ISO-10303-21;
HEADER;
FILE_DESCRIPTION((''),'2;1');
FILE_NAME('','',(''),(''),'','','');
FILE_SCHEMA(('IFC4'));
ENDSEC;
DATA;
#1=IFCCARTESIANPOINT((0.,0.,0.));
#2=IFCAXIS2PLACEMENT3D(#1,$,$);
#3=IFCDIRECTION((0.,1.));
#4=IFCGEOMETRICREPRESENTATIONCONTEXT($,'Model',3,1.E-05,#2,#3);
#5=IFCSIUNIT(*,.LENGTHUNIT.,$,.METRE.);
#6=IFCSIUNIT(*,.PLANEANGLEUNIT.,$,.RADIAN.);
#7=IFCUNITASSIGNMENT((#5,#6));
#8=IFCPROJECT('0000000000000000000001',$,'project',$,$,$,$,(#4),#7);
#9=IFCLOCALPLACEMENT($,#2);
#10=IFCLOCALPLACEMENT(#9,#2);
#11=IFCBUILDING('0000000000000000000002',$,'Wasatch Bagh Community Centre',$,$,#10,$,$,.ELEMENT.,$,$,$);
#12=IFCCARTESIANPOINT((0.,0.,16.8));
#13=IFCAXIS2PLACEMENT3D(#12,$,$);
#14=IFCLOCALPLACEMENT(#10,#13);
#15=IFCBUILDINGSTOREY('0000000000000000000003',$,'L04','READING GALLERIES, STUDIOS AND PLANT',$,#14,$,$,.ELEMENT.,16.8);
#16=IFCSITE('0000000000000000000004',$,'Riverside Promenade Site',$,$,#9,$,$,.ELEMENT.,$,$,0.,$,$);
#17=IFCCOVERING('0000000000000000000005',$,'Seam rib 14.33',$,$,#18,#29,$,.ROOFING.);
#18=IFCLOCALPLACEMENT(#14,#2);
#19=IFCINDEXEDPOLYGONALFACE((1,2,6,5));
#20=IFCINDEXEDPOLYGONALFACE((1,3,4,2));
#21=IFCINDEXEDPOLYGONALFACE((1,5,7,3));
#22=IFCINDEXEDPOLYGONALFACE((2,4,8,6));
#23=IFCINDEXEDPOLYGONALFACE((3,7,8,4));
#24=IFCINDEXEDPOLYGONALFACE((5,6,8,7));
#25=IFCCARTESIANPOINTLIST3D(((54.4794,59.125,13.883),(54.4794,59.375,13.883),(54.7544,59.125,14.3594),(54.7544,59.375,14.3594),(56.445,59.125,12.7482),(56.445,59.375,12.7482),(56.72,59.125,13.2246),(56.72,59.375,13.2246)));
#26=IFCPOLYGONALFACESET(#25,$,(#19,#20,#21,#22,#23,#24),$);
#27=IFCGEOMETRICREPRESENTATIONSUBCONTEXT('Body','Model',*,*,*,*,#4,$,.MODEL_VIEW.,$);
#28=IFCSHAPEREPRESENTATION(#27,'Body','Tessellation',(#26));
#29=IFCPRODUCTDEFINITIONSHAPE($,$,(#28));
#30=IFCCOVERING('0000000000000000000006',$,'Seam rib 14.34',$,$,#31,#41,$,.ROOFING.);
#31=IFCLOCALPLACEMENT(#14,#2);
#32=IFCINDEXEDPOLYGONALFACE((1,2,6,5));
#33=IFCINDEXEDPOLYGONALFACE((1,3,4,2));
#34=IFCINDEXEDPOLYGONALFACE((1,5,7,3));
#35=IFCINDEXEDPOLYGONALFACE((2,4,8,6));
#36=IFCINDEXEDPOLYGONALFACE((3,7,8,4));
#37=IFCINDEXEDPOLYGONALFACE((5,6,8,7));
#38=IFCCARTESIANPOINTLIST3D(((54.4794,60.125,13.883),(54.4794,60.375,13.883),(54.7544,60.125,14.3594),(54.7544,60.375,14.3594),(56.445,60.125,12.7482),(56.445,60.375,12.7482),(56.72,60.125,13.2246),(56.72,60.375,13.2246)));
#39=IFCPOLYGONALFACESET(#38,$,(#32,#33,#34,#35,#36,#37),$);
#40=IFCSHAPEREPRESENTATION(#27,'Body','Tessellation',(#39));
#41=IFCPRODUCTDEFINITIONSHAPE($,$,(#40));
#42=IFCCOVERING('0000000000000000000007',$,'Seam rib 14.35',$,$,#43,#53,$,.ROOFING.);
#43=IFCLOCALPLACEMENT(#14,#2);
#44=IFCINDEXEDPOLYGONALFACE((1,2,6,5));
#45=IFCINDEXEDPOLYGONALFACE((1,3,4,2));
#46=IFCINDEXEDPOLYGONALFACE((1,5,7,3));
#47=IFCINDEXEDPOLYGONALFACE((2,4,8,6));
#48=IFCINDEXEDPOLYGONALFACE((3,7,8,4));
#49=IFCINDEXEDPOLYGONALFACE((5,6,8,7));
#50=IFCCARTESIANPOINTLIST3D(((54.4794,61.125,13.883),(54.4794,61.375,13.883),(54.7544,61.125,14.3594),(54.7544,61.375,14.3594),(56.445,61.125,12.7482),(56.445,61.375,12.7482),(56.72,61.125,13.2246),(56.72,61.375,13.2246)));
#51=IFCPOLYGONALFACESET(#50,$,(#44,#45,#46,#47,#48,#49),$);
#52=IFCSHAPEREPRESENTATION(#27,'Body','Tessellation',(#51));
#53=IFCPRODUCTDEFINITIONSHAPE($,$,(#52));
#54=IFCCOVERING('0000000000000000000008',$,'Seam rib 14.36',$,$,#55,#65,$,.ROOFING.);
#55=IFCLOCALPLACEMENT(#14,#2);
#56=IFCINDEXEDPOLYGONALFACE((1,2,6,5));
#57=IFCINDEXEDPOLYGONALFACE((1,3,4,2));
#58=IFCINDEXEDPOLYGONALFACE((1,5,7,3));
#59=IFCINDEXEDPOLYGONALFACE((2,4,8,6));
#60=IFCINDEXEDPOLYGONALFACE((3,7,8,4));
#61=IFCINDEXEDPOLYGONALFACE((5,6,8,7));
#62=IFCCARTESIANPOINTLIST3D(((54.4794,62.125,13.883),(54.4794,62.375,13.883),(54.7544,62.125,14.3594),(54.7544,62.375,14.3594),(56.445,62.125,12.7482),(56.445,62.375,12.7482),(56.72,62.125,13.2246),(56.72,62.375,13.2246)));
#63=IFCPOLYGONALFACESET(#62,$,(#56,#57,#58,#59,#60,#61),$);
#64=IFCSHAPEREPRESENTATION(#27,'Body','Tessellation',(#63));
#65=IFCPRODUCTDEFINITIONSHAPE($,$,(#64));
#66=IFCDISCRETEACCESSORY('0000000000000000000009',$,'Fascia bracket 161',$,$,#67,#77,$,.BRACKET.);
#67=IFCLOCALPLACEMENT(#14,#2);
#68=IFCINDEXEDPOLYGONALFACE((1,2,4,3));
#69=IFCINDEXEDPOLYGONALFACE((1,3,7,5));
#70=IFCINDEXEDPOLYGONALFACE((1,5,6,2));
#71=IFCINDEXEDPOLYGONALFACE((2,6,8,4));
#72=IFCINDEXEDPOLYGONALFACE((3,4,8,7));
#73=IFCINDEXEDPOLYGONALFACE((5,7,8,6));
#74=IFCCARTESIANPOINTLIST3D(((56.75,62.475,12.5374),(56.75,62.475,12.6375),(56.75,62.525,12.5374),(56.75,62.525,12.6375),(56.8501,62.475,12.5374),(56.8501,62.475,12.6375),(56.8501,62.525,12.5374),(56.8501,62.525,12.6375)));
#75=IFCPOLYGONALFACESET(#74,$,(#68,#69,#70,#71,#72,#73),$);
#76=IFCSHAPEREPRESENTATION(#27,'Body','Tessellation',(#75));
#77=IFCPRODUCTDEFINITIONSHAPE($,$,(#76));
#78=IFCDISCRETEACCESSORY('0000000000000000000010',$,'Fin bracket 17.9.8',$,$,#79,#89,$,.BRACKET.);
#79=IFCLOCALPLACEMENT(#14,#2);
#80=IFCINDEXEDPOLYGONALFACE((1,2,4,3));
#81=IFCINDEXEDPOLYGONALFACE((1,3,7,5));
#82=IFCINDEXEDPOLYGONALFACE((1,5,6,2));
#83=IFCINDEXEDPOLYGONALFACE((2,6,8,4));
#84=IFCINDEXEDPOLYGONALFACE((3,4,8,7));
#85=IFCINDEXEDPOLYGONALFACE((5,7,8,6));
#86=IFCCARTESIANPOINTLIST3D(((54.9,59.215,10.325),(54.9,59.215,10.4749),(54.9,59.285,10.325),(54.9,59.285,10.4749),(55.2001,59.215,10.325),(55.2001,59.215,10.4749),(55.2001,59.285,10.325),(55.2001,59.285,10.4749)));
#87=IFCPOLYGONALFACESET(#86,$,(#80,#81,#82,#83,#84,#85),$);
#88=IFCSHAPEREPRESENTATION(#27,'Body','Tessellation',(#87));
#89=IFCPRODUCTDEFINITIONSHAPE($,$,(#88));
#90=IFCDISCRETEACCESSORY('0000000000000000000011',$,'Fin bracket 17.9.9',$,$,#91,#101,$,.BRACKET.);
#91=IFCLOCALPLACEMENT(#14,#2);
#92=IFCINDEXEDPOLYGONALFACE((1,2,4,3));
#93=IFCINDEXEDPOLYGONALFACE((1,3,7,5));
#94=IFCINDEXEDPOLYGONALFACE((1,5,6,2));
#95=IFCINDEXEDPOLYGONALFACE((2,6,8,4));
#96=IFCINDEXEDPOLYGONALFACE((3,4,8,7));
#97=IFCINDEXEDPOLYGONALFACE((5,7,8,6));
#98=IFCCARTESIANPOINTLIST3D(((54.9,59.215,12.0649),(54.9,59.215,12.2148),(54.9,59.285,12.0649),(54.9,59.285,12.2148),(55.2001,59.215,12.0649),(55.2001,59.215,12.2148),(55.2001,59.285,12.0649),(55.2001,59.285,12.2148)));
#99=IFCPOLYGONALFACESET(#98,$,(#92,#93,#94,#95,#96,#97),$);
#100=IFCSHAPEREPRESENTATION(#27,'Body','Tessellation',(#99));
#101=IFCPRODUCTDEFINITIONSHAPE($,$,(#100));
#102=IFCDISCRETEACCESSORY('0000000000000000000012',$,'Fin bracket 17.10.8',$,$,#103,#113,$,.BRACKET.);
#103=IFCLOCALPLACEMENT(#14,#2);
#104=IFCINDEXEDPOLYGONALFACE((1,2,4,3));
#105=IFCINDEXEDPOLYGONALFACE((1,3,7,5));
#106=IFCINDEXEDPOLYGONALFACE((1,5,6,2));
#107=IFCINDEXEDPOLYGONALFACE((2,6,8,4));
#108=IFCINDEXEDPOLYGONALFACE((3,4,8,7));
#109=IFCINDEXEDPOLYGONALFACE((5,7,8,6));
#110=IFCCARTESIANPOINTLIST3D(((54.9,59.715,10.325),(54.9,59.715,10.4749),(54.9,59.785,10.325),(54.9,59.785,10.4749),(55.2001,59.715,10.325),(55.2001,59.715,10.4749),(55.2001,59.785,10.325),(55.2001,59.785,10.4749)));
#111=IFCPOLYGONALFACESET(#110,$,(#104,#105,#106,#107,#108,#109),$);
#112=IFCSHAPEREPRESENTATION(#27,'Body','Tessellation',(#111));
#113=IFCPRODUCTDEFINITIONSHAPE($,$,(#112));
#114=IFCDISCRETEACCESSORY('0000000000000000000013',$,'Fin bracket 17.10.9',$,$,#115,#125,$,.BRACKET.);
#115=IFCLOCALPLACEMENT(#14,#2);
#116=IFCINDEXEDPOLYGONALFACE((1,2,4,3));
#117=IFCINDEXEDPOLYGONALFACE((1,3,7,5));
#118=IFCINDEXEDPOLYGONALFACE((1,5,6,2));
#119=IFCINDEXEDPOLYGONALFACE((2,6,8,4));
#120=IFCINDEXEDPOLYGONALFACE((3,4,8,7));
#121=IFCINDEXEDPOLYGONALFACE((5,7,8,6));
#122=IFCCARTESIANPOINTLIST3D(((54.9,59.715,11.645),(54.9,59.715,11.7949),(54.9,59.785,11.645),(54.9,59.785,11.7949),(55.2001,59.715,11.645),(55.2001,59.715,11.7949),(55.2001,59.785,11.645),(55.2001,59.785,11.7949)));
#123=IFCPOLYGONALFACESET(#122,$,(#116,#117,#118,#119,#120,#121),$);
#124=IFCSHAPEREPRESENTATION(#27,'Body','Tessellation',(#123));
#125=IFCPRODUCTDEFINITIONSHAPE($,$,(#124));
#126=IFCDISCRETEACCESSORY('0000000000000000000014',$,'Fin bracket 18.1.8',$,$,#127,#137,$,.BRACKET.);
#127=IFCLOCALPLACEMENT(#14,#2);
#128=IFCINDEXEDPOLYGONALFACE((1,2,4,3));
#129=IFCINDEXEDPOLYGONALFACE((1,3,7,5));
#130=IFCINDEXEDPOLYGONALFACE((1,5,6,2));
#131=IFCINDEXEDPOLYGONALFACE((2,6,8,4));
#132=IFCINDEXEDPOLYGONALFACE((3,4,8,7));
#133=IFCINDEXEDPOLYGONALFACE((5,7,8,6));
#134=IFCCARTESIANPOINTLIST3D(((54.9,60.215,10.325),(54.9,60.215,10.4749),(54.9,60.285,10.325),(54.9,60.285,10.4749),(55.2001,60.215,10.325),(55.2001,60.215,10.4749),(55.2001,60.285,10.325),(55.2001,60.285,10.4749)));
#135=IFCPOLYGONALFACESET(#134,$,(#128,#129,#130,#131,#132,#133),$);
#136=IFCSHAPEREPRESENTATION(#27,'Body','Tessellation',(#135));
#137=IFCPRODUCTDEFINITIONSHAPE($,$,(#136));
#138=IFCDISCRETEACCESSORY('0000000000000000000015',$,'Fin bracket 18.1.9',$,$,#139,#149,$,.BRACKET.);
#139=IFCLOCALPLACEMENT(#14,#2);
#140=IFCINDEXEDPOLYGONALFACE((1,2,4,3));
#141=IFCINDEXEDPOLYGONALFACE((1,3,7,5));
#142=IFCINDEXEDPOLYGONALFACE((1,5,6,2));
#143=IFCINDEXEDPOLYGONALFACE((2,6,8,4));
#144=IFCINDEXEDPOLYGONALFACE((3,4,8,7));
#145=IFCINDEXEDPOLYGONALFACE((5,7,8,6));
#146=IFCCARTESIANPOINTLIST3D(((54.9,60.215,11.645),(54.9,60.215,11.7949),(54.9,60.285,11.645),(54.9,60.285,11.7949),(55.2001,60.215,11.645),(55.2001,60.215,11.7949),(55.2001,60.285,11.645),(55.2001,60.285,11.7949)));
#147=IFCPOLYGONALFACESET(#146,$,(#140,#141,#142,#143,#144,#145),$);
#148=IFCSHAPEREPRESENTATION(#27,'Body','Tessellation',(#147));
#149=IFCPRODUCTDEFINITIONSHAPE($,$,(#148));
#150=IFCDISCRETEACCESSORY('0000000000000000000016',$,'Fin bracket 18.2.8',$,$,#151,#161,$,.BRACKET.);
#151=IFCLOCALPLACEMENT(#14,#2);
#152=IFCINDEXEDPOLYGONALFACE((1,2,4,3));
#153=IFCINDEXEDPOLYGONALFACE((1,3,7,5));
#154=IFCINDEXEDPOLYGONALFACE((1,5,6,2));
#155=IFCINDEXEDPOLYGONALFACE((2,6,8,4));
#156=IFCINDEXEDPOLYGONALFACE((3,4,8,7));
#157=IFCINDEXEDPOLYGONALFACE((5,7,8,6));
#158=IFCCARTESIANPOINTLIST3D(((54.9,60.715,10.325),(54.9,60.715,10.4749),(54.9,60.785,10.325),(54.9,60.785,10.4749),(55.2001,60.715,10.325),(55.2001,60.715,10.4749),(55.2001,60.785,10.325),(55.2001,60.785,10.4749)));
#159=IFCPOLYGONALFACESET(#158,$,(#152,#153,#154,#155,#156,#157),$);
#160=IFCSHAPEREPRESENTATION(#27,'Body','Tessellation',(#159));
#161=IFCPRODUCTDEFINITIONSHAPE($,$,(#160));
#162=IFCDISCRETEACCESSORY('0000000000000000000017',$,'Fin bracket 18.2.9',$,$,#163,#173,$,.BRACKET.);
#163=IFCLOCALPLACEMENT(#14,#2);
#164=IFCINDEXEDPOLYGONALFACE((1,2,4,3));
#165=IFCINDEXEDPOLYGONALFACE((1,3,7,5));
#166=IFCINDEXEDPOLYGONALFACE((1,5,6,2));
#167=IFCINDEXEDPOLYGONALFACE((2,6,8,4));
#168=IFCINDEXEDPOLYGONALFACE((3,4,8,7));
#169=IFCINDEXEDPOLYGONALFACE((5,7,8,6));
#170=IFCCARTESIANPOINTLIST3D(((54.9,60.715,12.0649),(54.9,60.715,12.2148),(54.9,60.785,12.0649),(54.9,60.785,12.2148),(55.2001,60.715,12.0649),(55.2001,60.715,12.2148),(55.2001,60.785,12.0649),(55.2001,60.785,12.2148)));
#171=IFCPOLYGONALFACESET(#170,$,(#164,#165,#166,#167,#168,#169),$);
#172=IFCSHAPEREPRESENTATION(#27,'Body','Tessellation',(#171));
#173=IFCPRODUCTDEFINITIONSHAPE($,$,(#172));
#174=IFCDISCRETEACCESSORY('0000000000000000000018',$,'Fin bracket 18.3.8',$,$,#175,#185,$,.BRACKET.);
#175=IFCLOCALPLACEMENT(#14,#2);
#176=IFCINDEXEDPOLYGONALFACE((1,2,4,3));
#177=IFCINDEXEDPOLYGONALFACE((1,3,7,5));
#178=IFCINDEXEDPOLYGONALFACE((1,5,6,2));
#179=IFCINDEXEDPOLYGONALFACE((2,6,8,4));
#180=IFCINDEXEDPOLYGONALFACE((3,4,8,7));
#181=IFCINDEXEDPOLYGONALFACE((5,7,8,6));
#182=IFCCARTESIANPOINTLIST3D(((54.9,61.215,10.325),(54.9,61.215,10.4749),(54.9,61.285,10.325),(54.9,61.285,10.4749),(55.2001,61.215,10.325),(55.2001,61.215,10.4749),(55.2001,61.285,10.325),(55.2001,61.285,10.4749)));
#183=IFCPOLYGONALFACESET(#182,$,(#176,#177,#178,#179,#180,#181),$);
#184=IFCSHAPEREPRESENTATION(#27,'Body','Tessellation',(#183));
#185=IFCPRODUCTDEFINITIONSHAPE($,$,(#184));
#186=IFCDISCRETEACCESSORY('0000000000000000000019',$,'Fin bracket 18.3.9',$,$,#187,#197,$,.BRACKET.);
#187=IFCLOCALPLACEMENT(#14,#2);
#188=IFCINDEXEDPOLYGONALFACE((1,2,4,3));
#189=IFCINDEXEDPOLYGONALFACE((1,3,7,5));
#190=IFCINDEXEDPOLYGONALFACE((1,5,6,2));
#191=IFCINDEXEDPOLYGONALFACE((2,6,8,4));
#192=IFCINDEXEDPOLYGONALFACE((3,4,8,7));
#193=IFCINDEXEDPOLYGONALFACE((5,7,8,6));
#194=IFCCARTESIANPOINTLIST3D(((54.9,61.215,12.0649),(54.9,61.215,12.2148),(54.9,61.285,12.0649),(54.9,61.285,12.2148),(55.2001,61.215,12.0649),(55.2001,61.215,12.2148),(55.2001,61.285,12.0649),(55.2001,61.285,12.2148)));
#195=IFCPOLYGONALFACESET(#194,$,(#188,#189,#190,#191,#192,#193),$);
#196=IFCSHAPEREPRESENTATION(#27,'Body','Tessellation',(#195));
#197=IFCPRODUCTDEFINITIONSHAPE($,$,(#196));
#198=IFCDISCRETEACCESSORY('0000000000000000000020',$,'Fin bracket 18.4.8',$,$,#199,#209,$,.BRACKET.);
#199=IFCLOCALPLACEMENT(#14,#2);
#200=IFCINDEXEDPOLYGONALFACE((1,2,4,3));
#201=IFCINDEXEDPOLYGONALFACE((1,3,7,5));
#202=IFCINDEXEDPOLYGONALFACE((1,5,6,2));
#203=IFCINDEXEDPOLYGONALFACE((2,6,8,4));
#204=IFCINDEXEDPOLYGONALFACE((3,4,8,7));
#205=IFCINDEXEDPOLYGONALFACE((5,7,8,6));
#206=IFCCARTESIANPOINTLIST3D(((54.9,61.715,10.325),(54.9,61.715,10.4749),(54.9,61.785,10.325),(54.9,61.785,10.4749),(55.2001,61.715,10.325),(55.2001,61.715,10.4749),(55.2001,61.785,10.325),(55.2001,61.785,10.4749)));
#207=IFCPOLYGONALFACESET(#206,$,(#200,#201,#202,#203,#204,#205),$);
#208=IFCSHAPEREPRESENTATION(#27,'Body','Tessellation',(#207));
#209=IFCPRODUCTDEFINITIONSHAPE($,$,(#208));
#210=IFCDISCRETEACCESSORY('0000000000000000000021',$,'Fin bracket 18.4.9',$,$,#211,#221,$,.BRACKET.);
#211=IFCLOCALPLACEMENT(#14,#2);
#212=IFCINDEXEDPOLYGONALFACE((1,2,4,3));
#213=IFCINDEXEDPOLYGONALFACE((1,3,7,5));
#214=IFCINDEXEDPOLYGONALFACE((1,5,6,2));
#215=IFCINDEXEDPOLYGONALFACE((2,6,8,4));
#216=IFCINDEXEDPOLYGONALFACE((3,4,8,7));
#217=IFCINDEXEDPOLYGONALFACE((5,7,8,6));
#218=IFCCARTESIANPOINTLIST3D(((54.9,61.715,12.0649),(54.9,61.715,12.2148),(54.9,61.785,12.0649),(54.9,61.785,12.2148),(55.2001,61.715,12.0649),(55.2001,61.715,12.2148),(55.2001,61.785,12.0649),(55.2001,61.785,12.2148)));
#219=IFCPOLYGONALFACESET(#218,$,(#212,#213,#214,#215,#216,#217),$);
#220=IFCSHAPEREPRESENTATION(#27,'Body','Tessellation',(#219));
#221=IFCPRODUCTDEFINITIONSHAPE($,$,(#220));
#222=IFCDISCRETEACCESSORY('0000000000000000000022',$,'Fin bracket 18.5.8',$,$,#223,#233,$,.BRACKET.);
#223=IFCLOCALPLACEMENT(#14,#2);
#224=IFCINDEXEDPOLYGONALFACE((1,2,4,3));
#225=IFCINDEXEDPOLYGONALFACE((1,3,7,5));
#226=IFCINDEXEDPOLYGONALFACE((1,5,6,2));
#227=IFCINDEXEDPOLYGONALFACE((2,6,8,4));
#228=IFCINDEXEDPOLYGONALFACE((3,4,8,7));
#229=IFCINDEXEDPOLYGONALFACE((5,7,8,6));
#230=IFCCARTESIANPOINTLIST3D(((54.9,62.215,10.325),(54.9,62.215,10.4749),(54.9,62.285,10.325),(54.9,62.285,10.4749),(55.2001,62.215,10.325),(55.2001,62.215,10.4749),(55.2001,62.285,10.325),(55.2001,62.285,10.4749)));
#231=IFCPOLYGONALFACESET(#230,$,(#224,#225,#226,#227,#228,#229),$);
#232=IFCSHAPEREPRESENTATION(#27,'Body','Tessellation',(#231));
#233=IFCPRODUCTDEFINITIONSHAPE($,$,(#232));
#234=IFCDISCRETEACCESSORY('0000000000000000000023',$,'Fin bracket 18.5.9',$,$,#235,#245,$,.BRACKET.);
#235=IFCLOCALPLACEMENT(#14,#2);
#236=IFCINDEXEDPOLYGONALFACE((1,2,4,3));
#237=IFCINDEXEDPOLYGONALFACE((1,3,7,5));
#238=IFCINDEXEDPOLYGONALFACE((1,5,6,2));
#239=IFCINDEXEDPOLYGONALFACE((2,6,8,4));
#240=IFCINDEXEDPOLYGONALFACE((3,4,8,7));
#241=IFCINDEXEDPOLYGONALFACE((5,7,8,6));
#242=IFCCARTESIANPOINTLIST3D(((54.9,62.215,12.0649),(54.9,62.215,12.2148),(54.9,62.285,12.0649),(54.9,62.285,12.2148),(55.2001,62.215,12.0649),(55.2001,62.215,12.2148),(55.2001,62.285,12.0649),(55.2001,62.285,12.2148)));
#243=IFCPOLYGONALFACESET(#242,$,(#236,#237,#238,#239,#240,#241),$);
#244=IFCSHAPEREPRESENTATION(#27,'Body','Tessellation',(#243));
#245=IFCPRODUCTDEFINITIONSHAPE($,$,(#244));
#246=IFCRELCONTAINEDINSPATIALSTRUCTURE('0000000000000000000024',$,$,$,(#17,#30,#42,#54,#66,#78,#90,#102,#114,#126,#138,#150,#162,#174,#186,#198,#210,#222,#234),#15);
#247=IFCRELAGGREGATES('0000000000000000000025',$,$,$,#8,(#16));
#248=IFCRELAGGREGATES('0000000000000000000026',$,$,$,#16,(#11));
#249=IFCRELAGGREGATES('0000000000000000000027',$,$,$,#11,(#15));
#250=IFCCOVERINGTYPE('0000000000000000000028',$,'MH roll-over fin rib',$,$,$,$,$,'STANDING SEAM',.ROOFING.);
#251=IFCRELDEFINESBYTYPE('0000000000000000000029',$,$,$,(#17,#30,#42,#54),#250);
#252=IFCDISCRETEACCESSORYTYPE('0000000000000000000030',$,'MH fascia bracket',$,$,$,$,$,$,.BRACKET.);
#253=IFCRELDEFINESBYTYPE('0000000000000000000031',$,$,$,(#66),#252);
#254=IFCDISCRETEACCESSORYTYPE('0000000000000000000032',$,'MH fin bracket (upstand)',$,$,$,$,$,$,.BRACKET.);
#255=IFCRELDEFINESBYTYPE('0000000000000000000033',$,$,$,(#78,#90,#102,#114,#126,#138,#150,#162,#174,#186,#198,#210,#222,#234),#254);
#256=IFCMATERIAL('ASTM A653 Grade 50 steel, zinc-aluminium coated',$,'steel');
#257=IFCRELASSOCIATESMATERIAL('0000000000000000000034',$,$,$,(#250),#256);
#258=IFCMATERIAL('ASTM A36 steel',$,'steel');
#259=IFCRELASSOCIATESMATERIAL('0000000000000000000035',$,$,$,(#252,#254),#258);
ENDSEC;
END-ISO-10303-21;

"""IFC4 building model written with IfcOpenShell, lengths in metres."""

from ifc_helpers import new_model, si_unit, direction, frame, origin, origin_2d, place, context, subcontext, project, spatial, polyline, rectangle, outline, extrude, material, type_object, element, save


model = new_model("IFC4")

# Units and contexts
model_context = context("Model", 3, precision=1e-05, world=origin(), true_north=direction((0.0, 1.0)))
body_context = subcontext(model_context, "Body", "Model", "MODEL_VIEW")
ifc_project = project(units=[si_unit("LENGTHUNIT", "METRE"), si_unit("PLANEANGLEUNIT", "RADIAN")], contexts=[model_context])

# Site, building, storey
site_placement = place(None, origin())
site = spatial("IfcSite", under=ifc_project, at=site_placement, Name="Riverside Promenade Site", CompositionType="ELEMENT", RefElevation=0.0)
building_placement = place(site_placement, origin())
building = spatial("IfcBuilding", under=site, at=building_placement, Name="Wasatch Bagh Community Centre", CompositionType="ELEMENT")
storey_placement = place(building_placement, frame((0.0, 0.0, 16.8)))
storey = spatial("IfcBuildingStorey", under=building, at=storey_placement, Name="L04", Description="READING GALLERIES, STUDIOS AND PLANT", CompositionType="ELEMENT", Elevation=16.8)

# Coverings
ifc_material_1 = material(Name="ASTM A653 Grade 50 steel, zinc-aluminium coated", Category="steel")
covering_type_1 = type_object("IfcCoveringType", Name="MH roll-over fin rib", ElementType="STANDING SEAM", PredefinedType="ROOFING", material=ifc_material_1)
for number, where, z_axis, x_axis, name in (
    (1, (54.7544, 59.125, 14.3594), (0.49998, 0.0, 0.866037), (0.866037, 0.0, -0.49998), "Seam rib 14.33"),
    (2, (54.7544, 60.125, 14.3594), (0.49998, 0.0, 0.866037), (0.866037, 0.0, -0.49998), "Seam rib 14.34"),
    (3, (54.7544, 61.125, 14.3594), (0.49998, 0.0, 0.866037), (0.866037, 0.0, -0.49998), "Seam rib 14.35"),
    (4, (54.7544, 62.125, 14.3594), (0.49998, 0.0, 0.866037), (0.866037, 0.0, -0.49998), "Seam rib 14.36"),
):
    element("IfcCovering", number, at=place(storey_placement, frame(where, z_axis=z_axis, x_axis=x_axis)), inside=storey, type_object=covering_type_1, Name=name, PredefinedType="ROOFING", context=body_context, shape_type="SweptSolid", body=[
        extrude(outline(polyline([(0.0, 0.0), (2.2696, 0.0), (2.2696, 0.25), (0.0, 0.25), (0.0, 0.0)])), origin(), (0.0, 0.0, -1.0), 0.55),
    ])

# Discrete accessories
ifc_material_2 = material(Name="ASTM A36 steel", Category="steel")
discrete_accessory_type_1 = type_object("IfcDiscreteAccessoryType", Name="MH fascia bracket", PredefinedType="BRACKET", material=ifc_material_2)
discrete_accessory_1_placement = place(storey_placement, frame((56.8, 62.5, 12.5374), z_axis=(0.0, 0.0, 1.0), x_axis=(1.0, 0.0, 0.0)))
element("IfcDiscreteAccessory", 5, at=discrete_accessory_1_placement, inside=storey, type_object=discrete_accessory_type_1, Name="Fascia bracket 161", PredefinedType="BRACKET", context=body_context, shape_type="SweptSolid", body=[
    extrude(rectangle(XDim=0.1001, YDim=0.05, at=origin_2d()), origin(), (0.0, 0.0, 1.0), 0.1001),
])
discrete_accessory_type_2 = type_object("IfcDiscreteAccessoryType", Name="MH fin bracket (upstand)", PredefinedType="BRACKET", material=ifc_material_2)
for number, where, z_axis, x_axis, name in (
    (6, (55.05, 59.25, 10.325), (0.0, 0.0, 1.0), (0.0, 1.0, 0.0), "Fin bracket 17.9.8"),
    (7, (55.05, 59.25, 12.0649), (0.0, 0.0, 1.0), (0.0, 1.0, 0.0), "Fin bracket 17.9.9"),
    (8, (55.05, 59.75, 10.325), (0.0, 0.0, 1.0), (0.0, 1.0, 0.0), "Fin bracket 17.10.8"),
    (9, (55.05, 59.75, 11.645), (0.0, 0.0, 1.0), (0.0, 1.0, 0.0), "Fin bracket 17.10.9"),
    (10, (55.05, 60.25, 10.325), (0.0, 0.0, 1.0), (0.0, 1.0, 0.0), "Fin bracket 18.1.8"),
    (11, (55.05, 60.25, 11.645), (0.0, 0.0, 1.0), (0.0, 1.0, 0.0), "Fin bracket 18.1.9"),
    (12, (55.05, 60.75, 10.325), (0.0, 0.0, 1.0), (0.0, 1.0, 0.0), "Fin bracket 18.2.8"),
    (13, (55.05, 60.75, 12.0649), (0.0, 0.0, 1.0), (0.0, 1.0, 0.0), "Fin bracket 18.2.9"),
    (14, (55.05, 61.25, 10.325), (0.0, 0.0, 1.0), (0.0, 1.0, 0.0), "Fin bracket 18.3.8"),
    (15, (55.05, 61.25, 12.0649), (0.0, 0.0, 1.0), (0.0, 1.0, 0.0), "Fin bracket 18.3.9"),
    (16, (55.05, 61.75, 10.325), (0.0, 0.0, 1.0), (0.0, 1.0, 0.0), "Fin bracket 18.4.8"),
    (17, (55.05, 61.75, 12.0649), (0.0, 0.0, 1.0), (0.0, 1.0, 0.0), "Fin bracket 18.4.9"),
    (18, (55.05, 62.25, 10.325), (0.0, 0.0, 1.0), (0.0, 1.0, 0.0), "Fin bracket 18.5.8"),
    (19, (55.05, 62.25, 12.0649), (0.0, 0.0, 1.0), (0.0, 1.0, 0.0), "Fin bracket 18.5.9"),
):
    element("IfcDiscreteAccessory", number, at=place(storey_placement, frame(where, z_axis=z_axis, x_axis=x_axis)), inside=storey, type_object=discrete_accessory_type_2, Name=name, PredefinedType="BRACKET", context=body_context, shape_type="SweptSolid", body=[
        extrude(rectangle(XDim=0.0701, YDim=0.3, at=origin_2d()), origin(), (0.0, 0.0, 1.0), 0.1499),
    ])

save(model, "model.ifc")
